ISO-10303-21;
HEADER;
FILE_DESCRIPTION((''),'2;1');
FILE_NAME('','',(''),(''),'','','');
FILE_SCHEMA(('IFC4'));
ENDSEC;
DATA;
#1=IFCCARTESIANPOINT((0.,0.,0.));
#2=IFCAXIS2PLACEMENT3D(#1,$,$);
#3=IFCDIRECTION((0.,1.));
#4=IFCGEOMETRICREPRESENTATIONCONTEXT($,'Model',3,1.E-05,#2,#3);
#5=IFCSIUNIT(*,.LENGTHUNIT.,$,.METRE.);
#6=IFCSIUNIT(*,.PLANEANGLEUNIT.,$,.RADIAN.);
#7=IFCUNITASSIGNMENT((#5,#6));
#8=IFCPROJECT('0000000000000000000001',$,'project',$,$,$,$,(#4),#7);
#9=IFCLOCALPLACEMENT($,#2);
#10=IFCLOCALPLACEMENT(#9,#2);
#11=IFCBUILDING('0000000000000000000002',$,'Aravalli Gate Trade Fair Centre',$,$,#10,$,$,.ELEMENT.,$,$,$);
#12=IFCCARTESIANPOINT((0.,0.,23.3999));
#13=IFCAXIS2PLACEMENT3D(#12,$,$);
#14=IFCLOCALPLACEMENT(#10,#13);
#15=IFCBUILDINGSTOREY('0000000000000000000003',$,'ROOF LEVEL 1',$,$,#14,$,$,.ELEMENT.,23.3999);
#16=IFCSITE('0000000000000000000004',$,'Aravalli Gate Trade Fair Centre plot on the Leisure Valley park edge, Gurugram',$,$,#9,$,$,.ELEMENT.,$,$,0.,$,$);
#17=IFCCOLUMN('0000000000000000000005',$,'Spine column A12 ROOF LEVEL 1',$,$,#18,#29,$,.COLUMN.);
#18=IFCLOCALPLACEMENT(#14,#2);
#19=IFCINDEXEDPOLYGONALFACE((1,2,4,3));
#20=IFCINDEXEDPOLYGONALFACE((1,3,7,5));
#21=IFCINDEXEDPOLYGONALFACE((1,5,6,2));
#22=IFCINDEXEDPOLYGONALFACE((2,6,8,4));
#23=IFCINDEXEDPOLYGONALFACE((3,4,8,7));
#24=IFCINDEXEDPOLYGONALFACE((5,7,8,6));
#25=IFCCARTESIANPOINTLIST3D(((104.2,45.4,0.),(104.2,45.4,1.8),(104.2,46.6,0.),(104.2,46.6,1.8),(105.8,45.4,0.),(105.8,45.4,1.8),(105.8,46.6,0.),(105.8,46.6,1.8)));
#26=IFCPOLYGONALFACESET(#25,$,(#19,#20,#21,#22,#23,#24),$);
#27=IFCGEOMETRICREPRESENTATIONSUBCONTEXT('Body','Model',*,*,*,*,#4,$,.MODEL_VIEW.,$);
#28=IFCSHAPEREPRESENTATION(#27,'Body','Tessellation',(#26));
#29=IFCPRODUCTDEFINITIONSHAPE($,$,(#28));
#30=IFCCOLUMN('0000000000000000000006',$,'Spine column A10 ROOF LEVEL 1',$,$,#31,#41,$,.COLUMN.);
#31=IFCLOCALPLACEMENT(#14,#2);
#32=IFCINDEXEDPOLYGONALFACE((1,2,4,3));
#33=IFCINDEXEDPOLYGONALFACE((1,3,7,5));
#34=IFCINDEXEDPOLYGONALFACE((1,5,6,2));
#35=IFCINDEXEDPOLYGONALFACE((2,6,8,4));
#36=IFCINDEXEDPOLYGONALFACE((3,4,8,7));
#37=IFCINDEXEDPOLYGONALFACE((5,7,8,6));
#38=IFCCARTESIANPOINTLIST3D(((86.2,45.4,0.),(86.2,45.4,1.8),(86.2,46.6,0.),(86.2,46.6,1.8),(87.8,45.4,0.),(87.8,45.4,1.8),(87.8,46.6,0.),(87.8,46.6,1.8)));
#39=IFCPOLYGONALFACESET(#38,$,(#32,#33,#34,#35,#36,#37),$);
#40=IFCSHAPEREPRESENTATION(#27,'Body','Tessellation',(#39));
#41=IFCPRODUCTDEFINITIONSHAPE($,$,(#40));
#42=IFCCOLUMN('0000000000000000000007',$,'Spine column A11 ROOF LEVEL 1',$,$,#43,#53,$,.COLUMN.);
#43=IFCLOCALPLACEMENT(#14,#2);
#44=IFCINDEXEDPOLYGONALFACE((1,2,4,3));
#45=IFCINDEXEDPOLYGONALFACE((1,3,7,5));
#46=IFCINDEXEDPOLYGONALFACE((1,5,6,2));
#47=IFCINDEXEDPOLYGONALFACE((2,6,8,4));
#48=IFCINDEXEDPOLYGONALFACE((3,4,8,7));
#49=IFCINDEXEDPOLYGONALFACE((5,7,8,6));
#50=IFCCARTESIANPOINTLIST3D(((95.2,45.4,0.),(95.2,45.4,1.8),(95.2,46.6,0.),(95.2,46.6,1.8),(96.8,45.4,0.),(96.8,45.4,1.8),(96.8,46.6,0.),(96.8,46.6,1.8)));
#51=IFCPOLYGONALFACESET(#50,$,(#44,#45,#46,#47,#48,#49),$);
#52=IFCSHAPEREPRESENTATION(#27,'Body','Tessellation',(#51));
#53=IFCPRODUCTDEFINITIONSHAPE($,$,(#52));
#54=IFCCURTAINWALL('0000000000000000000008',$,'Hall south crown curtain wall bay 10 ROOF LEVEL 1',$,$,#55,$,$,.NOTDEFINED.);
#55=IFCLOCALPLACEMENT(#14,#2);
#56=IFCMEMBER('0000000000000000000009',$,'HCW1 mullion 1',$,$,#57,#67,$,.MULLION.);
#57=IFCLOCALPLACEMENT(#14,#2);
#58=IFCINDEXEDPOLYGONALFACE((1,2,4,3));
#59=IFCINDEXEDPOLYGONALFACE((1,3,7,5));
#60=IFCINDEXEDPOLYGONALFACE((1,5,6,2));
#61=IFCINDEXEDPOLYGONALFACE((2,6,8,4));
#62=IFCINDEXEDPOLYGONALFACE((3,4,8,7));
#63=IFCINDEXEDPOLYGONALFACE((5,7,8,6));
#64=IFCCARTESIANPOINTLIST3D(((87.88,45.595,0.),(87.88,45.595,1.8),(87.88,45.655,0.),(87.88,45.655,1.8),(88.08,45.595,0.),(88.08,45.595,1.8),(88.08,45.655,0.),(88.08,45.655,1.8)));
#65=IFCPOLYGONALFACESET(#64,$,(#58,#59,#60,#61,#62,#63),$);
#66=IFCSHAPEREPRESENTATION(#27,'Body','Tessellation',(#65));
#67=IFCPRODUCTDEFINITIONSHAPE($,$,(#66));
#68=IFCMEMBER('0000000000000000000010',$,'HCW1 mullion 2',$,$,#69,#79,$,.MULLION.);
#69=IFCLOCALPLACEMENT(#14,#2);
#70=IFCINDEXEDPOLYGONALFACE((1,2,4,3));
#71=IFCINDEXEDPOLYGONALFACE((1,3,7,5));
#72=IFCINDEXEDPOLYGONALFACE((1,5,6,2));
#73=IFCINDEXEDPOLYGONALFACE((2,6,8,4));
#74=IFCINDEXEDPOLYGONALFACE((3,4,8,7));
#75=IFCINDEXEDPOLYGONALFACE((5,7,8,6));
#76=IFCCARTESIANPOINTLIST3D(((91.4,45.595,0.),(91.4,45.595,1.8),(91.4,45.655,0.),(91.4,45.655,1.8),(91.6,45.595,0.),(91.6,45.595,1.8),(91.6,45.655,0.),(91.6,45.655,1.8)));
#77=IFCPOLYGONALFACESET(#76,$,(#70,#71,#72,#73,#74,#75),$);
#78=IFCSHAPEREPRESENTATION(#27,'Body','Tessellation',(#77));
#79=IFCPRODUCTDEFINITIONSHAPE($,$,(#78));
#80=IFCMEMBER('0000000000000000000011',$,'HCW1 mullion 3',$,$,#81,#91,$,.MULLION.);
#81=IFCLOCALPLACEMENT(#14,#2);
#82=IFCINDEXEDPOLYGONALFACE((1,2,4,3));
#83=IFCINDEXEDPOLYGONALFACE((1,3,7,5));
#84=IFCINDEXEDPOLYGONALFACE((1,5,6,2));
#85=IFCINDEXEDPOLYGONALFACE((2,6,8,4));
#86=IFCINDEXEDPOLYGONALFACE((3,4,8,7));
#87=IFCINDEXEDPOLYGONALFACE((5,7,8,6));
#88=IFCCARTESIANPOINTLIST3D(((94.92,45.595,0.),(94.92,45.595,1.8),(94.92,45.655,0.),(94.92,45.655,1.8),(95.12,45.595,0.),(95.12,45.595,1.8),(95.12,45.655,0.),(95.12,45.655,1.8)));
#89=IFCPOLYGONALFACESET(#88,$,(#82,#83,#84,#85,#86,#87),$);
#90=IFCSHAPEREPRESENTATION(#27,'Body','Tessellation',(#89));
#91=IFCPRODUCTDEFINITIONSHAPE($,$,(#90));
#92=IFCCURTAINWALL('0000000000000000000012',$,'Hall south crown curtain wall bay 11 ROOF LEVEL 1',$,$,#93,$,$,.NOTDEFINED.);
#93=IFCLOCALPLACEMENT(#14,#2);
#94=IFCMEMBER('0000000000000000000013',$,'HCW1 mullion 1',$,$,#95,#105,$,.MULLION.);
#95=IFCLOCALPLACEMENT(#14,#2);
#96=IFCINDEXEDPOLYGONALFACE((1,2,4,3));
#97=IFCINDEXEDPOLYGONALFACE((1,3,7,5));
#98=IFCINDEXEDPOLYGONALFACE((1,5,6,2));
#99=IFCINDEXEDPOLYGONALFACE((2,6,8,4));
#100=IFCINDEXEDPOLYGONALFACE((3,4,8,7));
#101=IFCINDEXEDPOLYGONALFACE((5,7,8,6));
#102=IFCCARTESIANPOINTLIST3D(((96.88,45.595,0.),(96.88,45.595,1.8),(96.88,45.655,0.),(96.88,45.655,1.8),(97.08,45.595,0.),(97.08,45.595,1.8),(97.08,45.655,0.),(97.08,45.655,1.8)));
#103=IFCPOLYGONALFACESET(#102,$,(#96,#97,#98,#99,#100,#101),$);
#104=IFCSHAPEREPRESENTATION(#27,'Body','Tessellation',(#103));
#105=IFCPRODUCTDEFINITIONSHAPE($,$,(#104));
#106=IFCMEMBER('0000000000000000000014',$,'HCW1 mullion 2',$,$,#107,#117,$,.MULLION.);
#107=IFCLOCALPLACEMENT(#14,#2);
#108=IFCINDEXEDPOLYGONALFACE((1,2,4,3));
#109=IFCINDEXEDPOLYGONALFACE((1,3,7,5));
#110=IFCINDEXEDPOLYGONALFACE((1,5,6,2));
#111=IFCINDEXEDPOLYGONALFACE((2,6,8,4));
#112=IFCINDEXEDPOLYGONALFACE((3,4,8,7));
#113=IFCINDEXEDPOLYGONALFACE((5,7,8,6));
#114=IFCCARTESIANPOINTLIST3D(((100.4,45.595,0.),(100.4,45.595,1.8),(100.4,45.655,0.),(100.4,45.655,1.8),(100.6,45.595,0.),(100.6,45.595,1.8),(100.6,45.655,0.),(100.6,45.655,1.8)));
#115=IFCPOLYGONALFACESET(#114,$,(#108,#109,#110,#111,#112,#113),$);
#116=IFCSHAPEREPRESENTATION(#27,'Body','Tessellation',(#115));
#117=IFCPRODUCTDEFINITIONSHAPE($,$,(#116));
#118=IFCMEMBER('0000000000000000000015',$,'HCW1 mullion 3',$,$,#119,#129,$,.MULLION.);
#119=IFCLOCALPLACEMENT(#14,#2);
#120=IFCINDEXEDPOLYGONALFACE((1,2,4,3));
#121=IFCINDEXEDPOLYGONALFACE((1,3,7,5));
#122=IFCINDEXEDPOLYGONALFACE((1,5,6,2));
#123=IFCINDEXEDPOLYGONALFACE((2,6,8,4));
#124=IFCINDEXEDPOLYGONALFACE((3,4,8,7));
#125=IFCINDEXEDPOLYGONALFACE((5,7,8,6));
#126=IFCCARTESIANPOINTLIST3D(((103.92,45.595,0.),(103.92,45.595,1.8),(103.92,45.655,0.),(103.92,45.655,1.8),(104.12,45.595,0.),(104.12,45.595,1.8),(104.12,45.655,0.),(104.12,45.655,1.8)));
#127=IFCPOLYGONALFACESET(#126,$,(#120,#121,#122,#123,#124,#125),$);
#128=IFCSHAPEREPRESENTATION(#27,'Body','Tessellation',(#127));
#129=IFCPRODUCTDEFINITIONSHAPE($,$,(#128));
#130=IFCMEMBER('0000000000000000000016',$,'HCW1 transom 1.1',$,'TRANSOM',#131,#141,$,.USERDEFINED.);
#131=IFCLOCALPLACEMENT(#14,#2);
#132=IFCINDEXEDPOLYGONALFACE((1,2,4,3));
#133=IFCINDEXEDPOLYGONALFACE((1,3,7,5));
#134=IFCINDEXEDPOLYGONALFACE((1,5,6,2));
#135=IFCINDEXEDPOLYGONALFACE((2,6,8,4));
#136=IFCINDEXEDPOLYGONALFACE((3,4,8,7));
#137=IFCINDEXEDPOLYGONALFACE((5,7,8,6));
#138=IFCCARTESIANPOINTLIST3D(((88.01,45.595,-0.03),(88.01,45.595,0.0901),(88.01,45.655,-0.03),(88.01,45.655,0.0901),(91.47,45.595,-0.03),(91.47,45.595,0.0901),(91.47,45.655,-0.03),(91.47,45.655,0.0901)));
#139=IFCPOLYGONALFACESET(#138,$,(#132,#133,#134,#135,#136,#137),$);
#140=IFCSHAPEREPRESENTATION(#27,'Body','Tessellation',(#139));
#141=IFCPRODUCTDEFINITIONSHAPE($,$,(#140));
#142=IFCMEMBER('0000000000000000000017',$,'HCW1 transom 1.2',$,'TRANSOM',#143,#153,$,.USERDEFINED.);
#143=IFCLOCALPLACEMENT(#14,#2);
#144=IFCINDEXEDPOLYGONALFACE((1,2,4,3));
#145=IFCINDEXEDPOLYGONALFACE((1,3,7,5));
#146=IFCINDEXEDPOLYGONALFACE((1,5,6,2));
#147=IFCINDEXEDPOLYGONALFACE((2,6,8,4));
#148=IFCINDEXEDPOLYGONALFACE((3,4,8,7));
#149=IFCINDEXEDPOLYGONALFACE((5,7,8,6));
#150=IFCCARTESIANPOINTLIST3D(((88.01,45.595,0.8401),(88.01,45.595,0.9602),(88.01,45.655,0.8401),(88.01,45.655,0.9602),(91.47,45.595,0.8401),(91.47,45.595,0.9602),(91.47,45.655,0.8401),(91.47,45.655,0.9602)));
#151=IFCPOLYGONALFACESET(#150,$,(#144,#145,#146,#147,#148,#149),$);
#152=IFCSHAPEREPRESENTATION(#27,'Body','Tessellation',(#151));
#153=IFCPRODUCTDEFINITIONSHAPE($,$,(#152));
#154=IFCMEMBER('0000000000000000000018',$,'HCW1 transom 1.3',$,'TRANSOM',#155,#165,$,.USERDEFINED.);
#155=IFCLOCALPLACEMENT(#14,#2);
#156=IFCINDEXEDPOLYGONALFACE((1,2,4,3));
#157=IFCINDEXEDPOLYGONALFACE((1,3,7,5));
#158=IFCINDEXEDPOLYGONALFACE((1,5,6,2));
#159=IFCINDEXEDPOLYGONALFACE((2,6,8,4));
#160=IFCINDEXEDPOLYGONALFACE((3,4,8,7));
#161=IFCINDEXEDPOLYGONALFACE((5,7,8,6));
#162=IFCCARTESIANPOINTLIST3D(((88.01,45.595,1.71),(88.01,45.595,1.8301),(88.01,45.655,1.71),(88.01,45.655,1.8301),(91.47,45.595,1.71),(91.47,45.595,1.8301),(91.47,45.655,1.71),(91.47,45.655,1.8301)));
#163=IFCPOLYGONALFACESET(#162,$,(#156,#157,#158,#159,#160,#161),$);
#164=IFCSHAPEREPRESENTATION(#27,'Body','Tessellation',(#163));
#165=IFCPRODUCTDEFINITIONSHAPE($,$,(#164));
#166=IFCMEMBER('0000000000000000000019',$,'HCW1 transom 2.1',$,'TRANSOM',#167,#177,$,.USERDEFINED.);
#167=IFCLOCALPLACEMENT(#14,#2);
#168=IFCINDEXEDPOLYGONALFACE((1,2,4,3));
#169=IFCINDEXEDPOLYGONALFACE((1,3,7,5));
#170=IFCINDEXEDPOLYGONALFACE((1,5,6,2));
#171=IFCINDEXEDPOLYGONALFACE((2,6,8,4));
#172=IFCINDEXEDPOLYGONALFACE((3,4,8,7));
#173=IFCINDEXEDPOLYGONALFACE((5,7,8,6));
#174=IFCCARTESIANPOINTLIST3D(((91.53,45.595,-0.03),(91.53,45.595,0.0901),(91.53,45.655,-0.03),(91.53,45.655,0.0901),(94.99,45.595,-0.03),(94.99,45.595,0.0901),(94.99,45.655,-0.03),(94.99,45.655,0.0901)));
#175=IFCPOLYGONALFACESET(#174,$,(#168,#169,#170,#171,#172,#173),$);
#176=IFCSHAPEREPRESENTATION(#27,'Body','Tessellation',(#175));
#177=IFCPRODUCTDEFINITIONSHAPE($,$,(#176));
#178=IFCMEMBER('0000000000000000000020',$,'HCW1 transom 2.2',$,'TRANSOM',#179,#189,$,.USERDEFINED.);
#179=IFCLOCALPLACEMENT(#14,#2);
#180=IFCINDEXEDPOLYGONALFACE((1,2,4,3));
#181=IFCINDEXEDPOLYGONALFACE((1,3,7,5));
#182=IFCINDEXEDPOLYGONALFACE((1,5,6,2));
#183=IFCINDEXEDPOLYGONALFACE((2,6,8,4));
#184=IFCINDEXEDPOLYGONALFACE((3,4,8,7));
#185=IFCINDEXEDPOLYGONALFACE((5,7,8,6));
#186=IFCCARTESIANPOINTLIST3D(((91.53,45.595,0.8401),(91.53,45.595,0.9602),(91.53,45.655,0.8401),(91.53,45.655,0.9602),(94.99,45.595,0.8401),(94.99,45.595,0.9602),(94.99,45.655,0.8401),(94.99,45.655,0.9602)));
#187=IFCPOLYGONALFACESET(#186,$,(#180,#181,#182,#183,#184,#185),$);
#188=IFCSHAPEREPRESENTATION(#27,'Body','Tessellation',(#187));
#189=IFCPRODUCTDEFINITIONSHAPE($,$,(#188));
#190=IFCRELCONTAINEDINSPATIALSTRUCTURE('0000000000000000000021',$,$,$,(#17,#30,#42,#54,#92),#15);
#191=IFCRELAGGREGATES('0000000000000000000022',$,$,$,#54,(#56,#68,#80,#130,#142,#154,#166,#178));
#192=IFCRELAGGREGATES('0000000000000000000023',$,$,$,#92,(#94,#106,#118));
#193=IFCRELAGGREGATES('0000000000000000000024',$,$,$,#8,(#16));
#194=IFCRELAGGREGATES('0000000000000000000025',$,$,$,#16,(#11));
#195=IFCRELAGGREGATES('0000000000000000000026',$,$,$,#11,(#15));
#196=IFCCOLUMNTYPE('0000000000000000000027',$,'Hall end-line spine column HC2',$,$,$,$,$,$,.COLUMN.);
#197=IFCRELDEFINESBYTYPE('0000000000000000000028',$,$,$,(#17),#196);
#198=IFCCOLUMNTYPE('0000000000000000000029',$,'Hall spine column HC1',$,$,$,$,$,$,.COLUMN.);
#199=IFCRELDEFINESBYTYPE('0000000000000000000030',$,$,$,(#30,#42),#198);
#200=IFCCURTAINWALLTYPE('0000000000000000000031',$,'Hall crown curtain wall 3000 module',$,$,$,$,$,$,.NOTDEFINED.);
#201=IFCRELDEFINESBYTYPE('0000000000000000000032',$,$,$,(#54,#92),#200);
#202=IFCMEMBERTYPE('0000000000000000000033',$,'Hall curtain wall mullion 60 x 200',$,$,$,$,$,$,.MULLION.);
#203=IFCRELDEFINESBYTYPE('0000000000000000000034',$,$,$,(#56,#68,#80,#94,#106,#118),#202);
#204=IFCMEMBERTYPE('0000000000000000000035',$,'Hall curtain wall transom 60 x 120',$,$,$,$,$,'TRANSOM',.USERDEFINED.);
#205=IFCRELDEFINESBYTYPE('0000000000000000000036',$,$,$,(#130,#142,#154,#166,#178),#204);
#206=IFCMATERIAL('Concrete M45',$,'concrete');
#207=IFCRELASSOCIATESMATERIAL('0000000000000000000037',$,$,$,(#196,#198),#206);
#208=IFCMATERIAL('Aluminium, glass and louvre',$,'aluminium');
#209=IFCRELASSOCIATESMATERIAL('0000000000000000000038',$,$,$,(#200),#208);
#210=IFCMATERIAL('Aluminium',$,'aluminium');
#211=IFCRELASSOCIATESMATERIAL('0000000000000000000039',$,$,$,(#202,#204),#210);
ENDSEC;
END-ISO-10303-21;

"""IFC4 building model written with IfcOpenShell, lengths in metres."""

from ifc_helpers import new_model, si_unit, direction, frame, origin, origin_2d, place, context, subcontext, project, spatial, rectangle, extrude, material, material_profile, profile_set, type_object, element, aggregate, save


model = new_model("IFC4")

# Units and contexts
model_context = context("Model", 3, precision=1e-05, world=origin(), true_north=direction((0.0, 1.0)))
body_context = subcontext(model_context, "Body", "Model", "MODEL_VIEW")
ifc_project = project(units=[si_unit("LENGTHUNIT", "METRE"), si_unit("PLANEANGLEUNIT", "RADIAN")], contexts=[model_context])

# Site, building, storey
site_placement = place(None, origin())
site = spatial("IfcSite", under=ifc_project, at=site_placement, Name="Aravalli Gate Trade Fair Centre plot on the Leisure Valley park edge, Gurugram", CompositionType="ELEMENT", RefElevation=0.0)
building_placement = place(site_placement, origin())
building = spatial("IfcBuilding", under=site, at=building_placement, Name="Aravalli Gate Trade Fair Centre", CompositionType="ELEMENT")
storey_placement = place(building_placement, frame((0.0, 0.0, 23.3999)))
storey = spatial("IfcBuildingStorey", under=building, at=storey_placement, Name="ROOF LEVEL 1", CompositionType="ELEMENT", Elevation=23.3999)

# Columns
ifc_material_1 = material(Name="Concrete M45", Category="concrete")
ifc_material_profile_1 = material_profile(ifc_material_1, rectangle(XDim=1.6001, YDim=1.2, at=origin_2d()), Name="RC 1600x1200")
ifc_profile_set_1 = profile_set([ifc_material_profile_1], Name="Concrete M45")
column_type_1 = type_object("IfcColumnType", Name="Hall end-line spine column HC2", PredefinedType="COLUMN", material=ifc_profile_set_1)
column_placement = place(storey_placement, frame((105.0, 46.0, 0.0), z_axis=(0.0, 0.0, 1.0), x_axis=(1.0, 0.0, 0.0)))
element("IfcColumn", 1, at=column_placement, inside=storey, type_object=column_type_1, Name="Spine column A12 ROOF LEVEL 1", PredefinedType="COLUMN", context=body_context, shape_type="SweptSolid", body=[
    extrude(rectangle(XDim=1.6001, YDim=1.2, at=origin_2d()), origin(), (0.0, 0.0, 1.0), 1.8),
])
ifc_material_profile_2 = material_profile(ifc_material_1, rectangle(XDim=1.6001, YDim=1.2, at=origin_2d()), Name="RC 1600x1200")
ifc_profile_set_2 = profile_set([ifc_material_profile_2], Name="Concrete M45")
column_type_2 = type_object("IfcColumnType", Name="Hall spine column HC1", PredefinedType="COLUMN", material=ifc_profile_set_2)
for number, where, z_axis, x_axis, name in (
    (2, (87.0, 46.0, 0.0), (0.0, 0.0, 1.0), (1.0, 0.0, 0.0), "Spine column A10 ROOF LEVEL 1"),
    (3, (96.0, 46.0, 0.0), (0.0, 0.0, 1.0), (1.0, 0.0, 0.0), "Spine column A11 ROOF LEVEL 1"),
):
    element("IfcColumn", number, at=place(storey_placement, frame(where, z_axis=z_axis, x_axis=x_axis)), inside=storey, type_object=column_type_2, Name=name, PredefinedType="COLUMN", context=body_context, shape_type="SweptSolid", body=[
        extrude(rectangle(XDim=1.6001, YDim=1.2, at=origin_2d()), origin(), (0.0, 0.0, 1.0), 1.8),
    ])

# Curtain walls, members
ifc_material_2 = material(Name="Aluminium, glass and louvre", Category="aluminium")
curtain_wall_type = type_object("IfcCurtainWallType", Name="Hall crown curtain wall 3000 module", PredefinedType="NOTDEFINED", material=ifc_material_2)
curtain_wall_1_placement = place(storey_placement, origin())
curtain_wall_1 = element("IfcCurtainWall", 4, at=curtain_wall_1_placement, inside=storey, type_object=curtain_wall_type, Name="Hall south crown curtain wall bay 10 ROOF LEVEL 1", PredefinedType="NOTDEFINED")
ifc_material_3 = material(Name="Aluminium", Category="aluminium")
ifc_material_profile_3 = material_profile(ifc_material_3, rectangle(XDim=0.0601, YDim=0.2, at=origin_2d()), Name="Hall curtain wall mullion 60 x 200")
ifc_profile_set_3 = profile_set([ifc_material_profile_3], Name="Aluminium")
member_type_1 = type_object("IfcMemberType", Name="Hall curtain wall mullion 60 x 200", PredefinedType="MULLION", material=ifc_profile_set_3)
member_1_placement = place(storey_placement, frame((87.98, 45.625, 0.0), z_axis=(0.0, 0.0, 1.0), x_axis=(0.0, 1.0, 0.0)))
member_1 = element("IfcMember", 5, at=member_1_placement, type_object=member_type_1, Name="HCW1 mullion 1", PredefinedType="MULLION", context=body_context, shape_type="SweptSolid", body=[
    extrude(rectangle(XDim=0.0601, YDim=0.2, at=origin_2d()), origin(), (0.0, 0.0, 1.0), 1.8),
])
member_2_placement = place(storey_placement, frame((91.5, 45.625, 0.0), z_axis=(0.0, 0.0, 1.0), x_axis=(0.0, 1.0, 0.0)))
member_2 = element("IfcMember", 6, at=member_2_placement, type_object=member_type_1, Name="HCW1 mullion 2", PredefinedType="MULLION", context=body_context, shape_type="SweptSolid", body=[
    extrude(rectangle(XDim=0.0601, YDim=0.2, at=origin_2d()), origin(), (0.0, 0.0, 1.0), 1.8),
])
member_3_placement = place(storey_placement, frame((95.02, 45.625, 0.0), z_axis=(0.0, 0.0, 1.0), x_axis=(0.0, 1.0, 0.0)))
member_3 = element("IfcMember", 7, at=member_3_placement, type_object=member_type_1, Name="HCW1 mullion 3", PredefinedType="MULLION", context=body_context, shape_type="SweptSolid", body=[
    extrude(rectangle(XDim=0.0601, YDim=0.2, at=origin_2d()), origin(), (0.0, 0.0, 1.0), 1.8),
])
curtain_wall_2_placement = place(storey_placement, origin())
curtain_wall_2 = element("IfcCurtainWall", 8, at=curtain_wall_2_placement, inside=storey, type_object=curtain_wall_type, Name="Hall south crown curtain wall bay 11 ROOF LEVEL 1", PredefinedType="NOTDEFINED")
member_4_placement = place(storey_placement, frame((96.98, 45.625, 0.0), z_axis=(0.0, 0.0, 1.0), x_axis=(0.0, 1.0, 0.0)))
member_4 = element("IfcMember", 9, at=member_4_placement, type_object=member_type_1, Name="HCW1 mullion 1", PredefinedType="MULLION", context=body_context, shape_type="SweptSolid", body=[
    extrude(rectangle(XDim=0.0601, YDim=0.2, at=origin_2d()), origin(), (0.0, 0.0, 1.0), 1.8),
])
member_5_placement = place(storey_placement, frame((100.5, 45.625, 0.0), z_axis=(0.0, 0.0, 1.0), x_axis=(0.0, 1.0, 0.0)))
member_5 = element("IfcMember", 10, at=member_5_placement, type_object=member_type_1, Name="HCW1 mullion 2", PredefinedType="MULLION", context=body_context, shape_type="SweptSolid", body=[
    extrude(rectangle(XDim=0.0601, YDim=0.2, at=origin_2d()), origin(), (0.0, 0.0, 1.0), 1.8),
])
member_6_placement = place(storey_placement, frame((104.02, 45.625, 0.0), z_axis=(0.0, 0.0, 1.0), x_axis=(0.0, 1.0, 0.0)))
member_6 = element("IfcMember", 11, at=member_6_placement, type_object=member_type_1, Name="HCW1 mullion 3", PredefinedType="MULLION", context=body_context, shape_type="SweptSolid", body=[
    extrude(rectangle(XDim=0.0601, YDim=0.2, at=origin_2d()), origin(), (0.0, 0.0, 1.0), 1.8),
])

# Members
ifc_material_profile_4 = material_profile(ifc_material_3, rectangle(XDim=0.0601, YDim=0.1201, at=origin_2d()), Name="Hall curtain wall transom 60 x 120")
ifc_profile_set_4 = profile_set([ifc_material_profile_4], Name="Aluminium")
member_type_2 = type_object("IfcMemberType", Name="Hall curtain wall transom 60 x 120", ElementType="TRANSOM", PredefinedType="USERDEFINED", material=ifc_profile_set_4)
member_7_placement = place(storey_placement, frame((88.01, 45.625, 0.03), z_axis=(1.0, 0.0, 0.0), x_axis=(0.0, 1.0, 0.0)))
member_7 = element("IfcMember", 12, at=member_7_placement, type_object=member_type_2, Name="HCW1 transom 1.1", ObjectType="TRANSOM", PredefinedType="USERDEFINED", context=body_context, shape_type="SweptSolid", body=[
    extrude(rectangle(XDim=0.0601, YDim=0.1201, at=origin_2d()), origin(), (0.0, 0.0, 1.0), 3.46),
])
member_8_placement = place(storey_placement, frame((88.01, 45.625, 0.9001), z_axis=(1.0, 0.0, 0.0), x_axis=(0.0, 1.0, 0.0)))
member_8 = element("IfcMember", 13, at=member_8_placement, type_object=member_type_2, Name="HCW1 transom 1.2", ObjectType="TRANSOM", PredefinedType="USERDEFINED", context=body_context, shape_type="SweptSolid", body=[
    extrude(rectangle(XDim=0.0601, YDim=0.1201, at=origin_2d()), origin(), (0.0, 0.0, 1.0), 3.46),
])
member_9_placement = place(storey_placement, frame((88.01, 45.625, 1.77), z_axis=(1.0, 0.0, 0.0), x_axis=(0.0, 1.0, 0.0)))
member_9 = element("IfcMember", 14, at=member_9_placement, type_object=member_type_2, Name="HCW1 transom 1.3", ObjectType="TRANSOM", PredefinedType="USERDEFINED", context=body_context, shape_type="SweptSolid", body=[
    extrude(rectangle(XDim=0.0601, YDim=0.1201, at=origin_2d()), origin(), (0.0, 0.0, 1.0), 3.46),
])
member_10_placement = place(storey_placement, frame((91.53, 45.625, 0.03), z_axis=(1.0, 0.0, 0.0), x_axis=(0.0, 1.0, 0.0)))
member_10 = element("IfcMember", 15, at=member_10_placement, type_object=member_type_2, Name="HCW1 transom 2.1", ObjectType="TRANSOM", PredefinedType="USERDEFINED", context=body_context, shape_type="SweptSolid", body=[
    extrude(rectangle(XDim=0.0601, YDim=0.1201, at=origin_2d()), origin(), (0.0, 0.0, 1.0), 3.46),
])
member_11_placement = place(storey_placement, frame((91.53, 45.625, 0.9001), z_axis=(1.0, 0.0, 0.0), x_axis=(0.0, 1.0, 0.0)))
member_11 = element("IfcMember", 16, at=member_11_placement, type_object=member_type_2, Name="HCW1 transom 2.2", ObjectType="TRANSOM", PredefinedType="USERDEFINED", context=body_context, shape_type="SweptSolid", body=[
    extrude(rectangle(XDim=0.0601, YDim=0.1201, at=origin_2d()), origin(), (0.0, 0.0, 1.0), 3.46),
])

aggregate(curtain_wall_1, [member_1, member_2, member_3, member_7, member_8, member_9, member_10, member_11])
aggregate(curtain_wall_2, [member_4, member_5, member_6])

save(model, "model.ifc")
